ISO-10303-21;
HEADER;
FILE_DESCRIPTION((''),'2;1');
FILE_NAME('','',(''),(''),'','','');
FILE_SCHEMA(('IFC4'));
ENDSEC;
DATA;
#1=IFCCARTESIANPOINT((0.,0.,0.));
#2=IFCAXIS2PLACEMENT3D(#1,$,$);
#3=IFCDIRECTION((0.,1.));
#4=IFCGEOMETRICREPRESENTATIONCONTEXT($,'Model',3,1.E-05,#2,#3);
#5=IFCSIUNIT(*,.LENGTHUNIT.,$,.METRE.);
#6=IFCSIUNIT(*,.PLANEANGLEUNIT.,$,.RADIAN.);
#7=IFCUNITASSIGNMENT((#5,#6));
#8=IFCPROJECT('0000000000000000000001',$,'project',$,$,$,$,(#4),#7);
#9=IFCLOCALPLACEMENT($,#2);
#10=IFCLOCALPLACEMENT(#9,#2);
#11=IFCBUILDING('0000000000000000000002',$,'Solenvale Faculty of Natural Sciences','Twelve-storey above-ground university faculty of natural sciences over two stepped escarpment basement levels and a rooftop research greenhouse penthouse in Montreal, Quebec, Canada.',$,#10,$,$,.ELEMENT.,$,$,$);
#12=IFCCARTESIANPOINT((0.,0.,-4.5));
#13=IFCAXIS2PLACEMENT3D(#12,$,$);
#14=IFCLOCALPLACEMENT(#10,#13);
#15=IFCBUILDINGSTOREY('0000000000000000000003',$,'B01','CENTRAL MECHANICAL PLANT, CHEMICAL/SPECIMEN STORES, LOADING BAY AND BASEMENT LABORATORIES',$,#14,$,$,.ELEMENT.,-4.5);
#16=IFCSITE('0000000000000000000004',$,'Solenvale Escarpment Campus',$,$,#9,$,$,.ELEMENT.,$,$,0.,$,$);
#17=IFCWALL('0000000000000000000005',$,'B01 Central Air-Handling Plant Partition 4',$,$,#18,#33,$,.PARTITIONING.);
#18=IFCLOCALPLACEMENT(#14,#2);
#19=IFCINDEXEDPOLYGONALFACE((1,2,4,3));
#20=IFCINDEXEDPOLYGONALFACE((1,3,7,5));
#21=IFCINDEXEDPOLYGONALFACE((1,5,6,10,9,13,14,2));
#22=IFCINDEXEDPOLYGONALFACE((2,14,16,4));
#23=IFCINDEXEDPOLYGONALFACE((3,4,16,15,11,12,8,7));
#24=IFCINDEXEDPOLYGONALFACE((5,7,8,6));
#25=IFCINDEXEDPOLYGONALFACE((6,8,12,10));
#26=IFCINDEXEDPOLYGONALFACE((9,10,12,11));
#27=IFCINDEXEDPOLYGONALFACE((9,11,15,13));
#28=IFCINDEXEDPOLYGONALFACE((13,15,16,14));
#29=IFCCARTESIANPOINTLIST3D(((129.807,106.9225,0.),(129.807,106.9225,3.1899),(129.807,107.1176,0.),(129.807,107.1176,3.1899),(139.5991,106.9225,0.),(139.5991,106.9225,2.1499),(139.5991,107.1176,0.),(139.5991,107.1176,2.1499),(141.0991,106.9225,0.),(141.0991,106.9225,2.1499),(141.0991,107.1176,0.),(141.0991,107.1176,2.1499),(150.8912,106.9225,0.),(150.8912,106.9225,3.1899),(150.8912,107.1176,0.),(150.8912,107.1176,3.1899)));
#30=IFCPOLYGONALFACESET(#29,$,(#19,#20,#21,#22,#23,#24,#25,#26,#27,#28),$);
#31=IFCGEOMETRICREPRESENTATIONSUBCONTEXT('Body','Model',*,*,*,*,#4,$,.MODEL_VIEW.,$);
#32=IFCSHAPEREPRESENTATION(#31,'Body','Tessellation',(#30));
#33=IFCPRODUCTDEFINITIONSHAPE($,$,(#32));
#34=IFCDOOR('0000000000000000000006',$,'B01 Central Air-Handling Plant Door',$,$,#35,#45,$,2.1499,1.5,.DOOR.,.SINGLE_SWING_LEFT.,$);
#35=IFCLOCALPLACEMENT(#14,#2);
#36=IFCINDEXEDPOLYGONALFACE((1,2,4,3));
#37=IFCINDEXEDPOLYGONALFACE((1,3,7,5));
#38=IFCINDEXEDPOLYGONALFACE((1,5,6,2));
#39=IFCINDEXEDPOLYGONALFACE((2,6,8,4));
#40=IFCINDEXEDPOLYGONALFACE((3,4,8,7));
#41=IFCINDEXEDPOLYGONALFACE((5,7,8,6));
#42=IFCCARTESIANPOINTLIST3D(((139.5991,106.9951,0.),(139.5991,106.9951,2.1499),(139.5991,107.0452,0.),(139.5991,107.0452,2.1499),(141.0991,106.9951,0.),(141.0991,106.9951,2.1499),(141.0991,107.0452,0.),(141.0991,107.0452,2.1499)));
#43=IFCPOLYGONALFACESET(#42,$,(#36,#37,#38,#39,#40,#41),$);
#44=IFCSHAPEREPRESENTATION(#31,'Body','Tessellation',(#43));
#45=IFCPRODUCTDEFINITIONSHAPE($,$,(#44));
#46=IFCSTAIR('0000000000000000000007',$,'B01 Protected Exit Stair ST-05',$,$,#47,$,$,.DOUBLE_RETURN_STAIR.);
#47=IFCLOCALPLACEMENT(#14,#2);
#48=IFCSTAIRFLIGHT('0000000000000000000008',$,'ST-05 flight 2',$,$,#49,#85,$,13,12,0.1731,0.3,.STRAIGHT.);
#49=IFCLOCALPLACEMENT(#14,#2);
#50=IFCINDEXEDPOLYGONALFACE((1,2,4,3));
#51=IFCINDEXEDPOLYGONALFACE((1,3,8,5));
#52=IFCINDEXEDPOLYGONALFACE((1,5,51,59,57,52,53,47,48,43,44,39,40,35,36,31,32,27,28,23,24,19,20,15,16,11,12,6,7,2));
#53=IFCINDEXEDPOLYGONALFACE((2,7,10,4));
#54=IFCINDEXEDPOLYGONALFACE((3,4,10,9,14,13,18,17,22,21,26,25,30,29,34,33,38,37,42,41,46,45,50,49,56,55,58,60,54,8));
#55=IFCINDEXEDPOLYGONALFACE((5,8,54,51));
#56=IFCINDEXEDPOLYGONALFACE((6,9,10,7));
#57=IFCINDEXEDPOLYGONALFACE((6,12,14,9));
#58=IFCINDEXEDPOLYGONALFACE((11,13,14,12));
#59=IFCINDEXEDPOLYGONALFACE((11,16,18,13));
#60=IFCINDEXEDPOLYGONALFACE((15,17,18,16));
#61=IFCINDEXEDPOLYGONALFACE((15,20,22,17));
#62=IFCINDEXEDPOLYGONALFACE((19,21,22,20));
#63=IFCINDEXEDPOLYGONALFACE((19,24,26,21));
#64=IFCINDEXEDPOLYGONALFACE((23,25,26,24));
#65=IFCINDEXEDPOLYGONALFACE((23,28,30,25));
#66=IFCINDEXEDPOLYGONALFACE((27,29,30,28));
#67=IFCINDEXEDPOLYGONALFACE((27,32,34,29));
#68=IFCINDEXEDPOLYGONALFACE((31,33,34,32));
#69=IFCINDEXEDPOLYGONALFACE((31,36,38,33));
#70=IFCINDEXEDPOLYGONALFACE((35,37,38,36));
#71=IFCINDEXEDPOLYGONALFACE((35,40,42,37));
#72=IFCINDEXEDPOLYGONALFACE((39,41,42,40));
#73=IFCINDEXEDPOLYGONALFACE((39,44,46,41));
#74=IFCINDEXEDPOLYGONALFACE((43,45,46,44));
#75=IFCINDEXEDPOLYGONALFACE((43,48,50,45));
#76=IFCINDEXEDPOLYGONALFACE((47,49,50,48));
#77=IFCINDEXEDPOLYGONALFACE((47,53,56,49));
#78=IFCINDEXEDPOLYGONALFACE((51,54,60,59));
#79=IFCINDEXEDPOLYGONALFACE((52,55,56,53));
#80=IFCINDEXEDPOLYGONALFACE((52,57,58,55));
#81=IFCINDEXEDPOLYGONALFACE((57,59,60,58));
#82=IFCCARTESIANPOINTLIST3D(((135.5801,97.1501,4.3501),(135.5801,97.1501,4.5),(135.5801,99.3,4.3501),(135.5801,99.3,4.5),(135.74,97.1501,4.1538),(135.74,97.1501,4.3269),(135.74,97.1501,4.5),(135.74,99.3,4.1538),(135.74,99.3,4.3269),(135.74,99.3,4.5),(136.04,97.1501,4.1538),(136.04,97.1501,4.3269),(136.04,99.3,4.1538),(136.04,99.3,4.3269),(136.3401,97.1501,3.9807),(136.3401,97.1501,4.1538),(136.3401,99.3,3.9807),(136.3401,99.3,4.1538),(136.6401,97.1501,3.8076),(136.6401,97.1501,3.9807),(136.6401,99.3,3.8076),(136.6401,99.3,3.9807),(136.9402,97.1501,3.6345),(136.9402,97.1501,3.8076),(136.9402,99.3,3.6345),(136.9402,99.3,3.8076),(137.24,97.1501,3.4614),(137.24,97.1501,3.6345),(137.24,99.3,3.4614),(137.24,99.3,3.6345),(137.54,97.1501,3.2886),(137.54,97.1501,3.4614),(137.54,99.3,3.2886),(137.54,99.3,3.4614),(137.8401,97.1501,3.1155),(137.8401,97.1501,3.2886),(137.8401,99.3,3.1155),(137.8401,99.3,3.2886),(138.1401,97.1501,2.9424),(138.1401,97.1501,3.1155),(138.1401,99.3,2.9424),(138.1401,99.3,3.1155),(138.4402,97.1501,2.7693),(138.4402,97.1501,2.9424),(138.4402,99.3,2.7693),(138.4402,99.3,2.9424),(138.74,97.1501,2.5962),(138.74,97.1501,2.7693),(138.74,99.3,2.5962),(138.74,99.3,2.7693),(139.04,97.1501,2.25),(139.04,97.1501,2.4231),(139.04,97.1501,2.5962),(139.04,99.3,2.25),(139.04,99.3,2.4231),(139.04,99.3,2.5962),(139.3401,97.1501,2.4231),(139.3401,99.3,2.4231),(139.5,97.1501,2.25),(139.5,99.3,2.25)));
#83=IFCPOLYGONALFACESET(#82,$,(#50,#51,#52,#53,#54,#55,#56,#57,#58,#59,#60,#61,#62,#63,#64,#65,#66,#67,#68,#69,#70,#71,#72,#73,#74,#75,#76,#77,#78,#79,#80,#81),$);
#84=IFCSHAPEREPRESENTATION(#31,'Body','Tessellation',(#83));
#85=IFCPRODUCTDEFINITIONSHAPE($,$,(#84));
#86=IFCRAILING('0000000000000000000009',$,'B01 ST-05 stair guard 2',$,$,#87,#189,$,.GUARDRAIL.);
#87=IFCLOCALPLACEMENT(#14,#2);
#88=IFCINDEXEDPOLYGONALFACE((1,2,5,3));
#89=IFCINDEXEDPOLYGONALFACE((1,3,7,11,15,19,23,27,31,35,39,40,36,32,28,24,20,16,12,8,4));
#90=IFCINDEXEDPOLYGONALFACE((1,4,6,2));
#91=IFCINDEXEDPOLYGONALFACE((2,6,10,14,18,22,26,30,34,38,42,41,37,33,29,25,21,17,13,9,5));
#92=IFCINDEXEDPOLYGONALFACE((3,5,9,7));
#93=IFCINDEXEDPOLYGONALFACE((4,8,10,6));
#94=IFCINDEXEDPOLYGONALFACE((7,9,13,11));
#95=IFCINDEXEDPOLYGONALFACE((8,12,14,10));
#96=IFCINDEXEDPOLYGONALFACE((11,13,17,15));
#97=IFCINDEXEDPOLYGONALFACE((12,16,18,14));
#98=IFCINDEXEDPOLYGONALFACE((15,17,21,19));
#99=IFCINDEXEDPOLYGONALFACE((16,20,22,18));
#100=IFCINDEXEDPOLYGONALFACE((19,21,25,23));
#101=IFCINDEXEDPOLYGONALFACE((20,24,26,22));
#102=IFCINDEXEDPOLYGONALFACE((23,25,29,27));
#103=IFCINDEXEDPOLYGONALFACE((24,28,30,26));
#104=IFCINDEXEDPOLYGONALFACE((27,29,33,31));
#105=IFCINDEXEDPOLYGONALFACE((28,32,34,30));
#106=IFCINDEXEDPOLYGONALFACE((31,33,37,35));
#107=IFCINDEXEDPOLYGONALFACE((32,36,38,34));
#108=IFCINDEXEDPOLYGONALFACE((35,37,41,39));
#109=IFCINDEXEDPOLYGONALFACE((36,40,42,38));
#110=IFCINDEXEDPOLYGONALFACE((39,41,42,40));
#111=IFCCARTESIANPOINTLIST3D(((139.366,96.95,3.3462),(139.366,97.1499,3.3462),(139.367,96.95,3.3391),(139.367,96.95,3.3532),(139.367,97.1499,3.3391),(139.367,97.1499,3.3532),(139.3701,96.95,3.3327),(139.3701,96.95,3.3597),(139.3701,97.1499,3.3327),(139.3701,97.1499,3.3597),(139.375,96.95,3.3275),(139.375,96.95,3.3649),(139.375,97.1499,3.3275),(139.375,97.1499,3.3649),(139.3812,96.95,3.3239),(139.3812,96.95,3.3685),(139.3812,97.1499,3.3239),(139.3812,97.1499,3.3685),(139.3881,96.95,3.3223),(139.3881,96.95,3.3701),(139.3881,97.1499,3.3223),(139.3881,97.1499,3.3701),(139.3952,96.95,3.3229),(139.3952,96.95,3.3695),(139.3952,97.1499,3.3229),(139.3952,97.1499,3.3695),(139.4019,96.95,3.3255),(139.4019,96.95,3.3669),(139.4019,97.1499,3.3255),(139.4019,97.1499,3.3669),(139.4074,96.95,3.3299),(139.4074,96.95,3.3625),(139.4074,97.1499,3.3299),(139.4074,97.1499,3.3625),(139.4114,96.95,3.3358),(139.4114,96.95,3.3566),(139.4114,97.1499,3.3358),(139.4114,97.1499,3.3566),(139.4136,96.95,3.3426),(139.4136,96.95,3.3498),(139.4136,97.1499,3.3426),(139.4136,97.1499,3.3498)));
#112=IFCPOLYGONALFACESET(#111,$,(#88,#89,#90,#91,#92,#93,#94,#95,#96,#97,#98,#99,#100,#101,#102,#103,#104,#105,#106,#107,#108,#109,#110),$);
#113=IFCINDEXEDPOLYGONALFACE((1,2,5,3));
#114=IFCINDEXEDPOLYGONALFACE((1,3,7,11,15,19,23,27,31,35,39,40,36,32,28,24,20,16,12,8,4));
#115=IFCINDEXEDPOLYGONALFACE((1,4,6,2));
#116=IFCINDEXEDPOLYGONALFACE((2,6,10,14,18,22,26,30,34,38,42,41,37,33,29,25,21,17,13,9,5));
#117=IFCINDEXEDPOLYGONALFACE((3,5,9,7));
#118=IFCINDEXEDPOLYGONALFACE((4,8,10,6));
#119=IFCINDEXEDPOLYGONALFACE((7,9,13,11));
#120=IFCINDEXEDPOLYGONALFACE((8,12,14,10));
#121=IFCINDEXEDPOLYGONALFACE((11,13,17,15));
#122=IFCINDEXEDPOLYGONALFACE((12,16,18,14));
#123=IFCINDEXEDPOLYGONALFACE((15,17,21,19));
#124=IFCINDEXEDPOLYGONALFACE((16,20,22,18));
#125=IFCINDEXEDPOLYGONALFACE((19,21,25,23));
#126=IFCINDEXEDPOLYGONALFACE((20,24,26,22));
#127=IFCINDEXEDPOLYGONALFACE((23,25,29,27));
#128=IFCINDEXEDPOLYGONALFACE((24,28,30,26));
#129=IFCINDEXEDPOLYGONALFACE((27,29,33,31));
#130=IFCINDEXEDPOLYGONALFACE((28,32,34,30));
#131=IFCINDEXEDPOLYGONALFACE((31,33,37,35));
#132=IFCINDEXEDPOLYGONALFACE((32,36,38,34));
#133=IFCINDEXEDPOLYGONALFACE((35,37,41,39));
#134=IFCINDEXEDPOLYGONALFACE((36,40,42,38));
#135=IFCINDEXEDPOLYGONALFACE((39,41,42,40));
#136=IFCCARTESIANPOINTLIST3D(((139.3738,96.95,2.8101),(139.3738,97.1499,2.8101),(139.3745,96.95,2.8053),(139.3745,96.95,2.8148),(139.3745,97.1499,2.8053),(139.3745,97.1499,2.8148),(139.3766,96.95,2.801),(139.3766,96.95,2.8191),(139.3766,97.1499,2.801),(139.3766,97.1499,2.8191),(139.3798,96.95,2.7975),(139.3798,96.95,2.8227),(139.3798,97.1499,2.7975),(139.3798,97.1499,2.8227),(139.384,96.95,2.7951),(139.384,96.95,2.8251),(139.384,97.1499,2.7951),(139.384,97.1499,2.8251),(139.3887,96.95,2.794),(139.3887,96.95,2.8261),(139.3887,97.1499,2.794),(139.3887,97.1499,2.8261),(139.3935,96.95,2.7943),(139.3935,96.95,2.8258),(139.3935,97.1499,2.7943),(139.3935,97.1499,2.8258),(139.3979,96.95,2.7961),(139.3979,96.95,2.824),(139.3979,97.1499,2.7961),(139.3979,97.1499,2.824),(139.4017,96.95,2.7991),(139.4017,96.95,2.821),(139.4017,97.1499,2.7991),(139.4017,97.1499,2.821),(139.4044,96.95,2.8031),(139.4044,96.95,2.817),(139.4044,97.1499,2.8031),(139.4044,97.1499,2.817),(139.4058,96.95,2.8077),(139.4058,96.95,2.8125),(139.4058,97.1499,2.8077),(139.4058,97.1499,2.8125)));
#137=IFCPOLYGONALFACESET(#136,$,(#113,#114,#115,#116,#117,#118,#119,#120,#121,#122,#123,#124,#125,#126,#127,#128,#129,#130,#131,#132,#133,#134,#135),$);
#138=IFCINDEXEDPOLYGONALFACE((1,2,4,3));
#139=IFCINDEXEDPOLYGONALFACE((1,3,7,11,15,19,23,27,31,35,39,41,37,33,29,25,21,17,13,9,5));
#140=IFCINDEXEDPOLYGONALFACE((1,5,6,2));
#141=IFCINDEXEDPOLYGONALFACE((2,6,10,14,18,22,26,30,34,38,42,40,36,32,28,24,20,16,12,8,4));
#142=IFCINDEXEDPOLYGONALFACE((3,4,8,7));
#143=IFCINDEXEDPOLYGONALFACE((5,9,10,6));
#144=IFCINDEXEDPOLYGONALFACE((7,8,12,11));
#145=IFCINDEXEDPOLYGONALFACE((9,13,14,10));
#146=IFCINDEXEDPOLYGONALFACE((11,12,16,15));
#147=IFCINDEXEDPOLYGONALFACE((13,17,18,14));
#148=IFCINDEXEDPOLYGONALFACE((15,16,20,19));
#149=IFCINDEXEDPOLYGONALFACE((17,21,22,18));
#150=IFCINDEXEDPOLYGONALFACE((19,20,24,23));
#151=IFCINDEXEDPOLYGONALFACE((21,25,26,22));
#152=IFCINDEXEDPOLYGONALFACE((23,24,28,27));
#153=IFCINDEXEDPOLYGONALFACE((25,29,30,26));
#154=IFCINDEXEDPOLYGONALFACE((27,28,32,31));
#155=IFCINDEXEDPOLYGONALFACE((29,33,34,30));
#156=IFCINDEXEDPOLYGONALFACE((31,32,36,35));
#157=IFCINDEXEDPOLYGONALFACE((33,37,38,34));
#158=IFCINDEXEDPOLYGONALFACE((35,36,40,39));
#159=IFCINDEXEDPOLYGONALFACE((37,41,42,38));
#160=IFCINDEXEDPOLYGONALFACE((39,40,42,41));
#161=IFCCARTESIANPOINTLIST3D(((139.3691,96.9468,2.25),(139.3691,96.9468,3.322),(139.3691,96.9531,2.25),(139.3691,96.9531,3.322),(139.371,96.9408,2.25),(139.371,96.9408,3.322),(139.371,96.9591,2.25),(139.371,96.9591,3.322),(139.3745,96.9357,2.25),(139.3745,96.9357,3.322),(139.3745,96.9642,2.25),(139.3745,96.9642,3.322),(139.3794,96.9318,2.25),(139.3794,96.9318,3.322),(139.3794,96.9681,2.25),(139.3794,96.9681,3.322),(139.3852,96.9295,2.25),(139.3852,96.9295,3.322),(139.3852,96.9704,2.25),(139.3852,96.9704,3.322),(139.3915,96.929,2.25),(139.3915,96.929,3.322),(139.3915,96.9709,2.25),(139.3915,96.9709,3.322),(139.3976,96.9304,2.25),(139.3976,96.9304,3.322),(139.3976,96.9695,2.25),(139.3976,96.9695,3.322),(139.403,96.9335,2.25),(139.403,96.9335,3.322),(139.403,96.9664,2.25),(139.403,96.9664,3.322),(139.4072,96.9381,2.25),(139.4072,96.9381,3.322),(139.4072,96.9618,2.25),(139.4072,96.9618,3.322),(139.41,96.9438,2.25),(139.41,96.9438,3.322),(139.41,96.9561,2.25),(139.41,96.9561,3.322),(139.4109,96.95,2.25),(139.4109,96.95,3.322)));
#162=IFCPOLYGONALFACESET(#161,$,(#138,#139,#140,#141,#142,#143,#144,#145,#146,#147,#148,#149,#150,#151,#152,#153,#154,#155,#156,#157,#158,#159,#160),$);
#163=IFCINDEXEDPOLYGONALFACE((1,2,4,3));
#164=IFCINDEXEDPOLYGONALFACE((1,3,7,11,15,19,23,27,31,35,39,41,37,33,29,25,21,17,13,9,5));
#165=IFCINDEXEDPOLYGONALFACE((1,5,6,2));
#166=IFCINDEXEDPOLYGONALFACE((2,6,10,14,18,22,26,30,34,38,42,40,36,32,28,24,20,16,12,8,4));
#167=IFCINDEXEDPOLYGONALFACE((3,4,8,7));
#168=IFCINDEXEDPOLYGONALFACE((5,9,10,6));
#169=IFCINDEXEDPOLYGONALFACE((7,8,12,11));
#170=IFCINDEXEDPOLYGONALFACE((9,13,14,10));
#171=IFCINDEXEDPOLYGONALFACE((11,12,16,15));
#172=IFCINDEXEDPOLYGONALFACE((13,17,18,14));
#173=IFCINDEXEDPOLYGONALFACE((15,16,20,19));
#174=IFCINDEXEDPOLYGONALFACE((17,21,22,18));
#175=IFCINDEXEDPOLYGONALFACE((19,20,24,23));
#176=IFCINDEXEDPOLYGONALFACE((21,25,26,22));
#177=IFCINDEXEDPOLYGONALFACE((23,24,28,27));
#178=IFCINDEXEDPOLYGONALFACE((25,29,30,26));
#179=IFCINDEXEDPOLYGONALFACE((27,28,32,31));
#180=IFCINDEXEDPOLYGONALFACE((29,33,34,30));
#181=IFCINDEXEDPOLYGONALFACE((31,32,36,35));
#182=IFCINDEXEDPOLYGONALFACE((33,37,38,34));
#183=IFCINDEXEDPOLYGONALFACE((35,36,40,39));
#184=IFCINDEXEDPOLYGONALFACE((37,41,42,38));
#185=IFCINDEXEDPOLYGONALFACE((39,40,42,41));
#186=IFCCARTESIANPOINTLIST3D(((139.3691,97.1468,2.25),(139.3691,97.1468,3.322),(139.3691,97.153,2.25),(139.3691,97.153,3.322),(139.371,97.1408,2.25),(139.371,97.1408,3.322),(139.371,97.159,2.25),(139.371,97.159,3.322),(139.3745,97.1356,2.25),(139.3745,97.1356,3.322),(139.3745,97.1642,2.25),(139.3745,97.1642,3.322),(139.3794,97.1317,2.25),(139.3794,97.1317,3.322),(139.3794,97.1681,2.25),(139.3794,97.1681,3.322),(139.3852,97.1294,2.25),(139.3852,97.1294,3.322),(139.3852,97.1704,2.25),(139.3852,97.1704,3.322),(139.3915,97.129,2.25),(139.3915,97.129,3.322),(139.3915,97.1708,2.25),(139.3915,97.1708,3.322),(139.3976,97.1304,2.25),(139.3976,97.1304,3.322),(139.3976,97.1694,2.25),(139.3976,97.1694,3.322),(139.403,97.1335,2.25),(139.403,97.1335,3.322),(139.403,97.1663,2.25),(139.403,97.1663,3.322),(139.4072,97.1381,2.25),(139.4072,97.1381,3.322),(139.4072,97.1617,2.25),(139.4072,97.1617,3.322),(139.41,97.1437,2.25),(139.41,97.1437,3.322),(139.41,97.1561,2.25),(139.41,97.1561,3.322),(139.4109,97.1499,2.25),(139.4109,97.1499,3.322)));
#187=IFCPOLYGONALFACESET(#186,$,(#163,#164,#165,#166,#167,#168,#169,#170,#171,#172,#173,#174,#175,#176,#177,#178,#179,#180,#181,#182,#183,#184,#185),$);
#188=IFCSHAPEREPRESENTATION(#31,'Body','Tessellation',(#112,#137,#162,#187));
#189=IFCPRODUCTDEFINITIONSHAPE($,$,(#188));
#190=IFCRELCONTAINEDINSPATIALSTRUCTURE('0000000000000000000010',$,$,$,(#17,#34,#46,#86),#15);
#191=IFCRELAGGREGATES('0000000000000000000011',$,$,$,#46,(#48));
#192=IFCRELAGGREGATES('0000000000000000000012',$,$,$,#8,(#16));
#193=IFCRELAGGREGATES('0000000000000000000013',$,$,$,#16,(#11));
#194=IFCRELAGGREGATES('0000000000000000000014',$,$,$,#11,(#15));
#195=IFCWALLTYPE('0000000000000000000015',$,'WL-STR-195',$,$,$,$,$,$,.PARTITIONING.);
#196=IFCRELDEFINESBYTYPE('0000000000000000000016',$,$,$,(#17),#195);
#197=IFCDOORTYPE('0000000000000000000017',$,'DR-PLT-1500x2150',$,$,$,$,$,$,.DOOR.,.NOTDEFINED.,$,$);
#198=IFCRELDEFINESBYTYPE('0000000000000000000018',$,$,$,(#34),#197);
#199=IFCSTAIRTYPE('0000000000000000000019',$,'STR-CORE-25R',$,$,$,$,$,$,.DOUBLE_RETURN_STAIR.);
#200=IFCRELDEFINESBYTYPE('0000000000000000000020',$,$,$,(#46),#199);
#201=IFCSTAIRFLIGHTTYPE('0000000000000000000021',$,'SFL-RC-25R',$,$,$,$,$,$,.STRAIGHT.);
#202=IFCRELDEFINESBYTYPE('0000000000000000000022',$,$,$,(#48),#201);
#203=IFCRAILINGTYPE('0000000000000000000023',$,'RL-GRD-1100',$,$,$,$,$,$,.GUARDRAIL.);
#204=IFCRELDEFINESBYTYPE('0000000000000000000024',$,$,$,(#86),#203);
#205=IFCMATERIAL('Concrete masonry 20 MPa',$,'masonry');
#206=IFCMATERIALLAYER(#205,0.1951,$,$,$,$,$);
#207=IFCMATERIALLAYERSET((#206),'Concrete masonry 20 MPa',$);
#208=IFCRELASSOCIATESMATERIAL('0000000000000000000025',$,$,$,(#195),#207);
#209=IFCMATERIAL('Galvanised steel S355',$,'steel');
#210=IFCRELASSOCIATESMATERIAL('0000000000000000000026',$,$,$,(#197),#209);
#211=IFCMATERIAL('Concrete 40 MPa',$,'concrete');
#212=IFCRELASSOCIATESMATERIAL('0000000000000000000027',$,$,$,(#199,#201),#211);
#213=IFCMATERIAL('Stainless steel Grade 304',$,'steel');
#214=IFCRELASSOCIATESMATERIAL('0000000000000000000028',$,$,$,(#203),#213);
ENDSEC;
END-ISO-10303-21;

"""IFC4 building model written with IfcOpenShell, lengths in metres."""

from ifc_helpers import new_model, si_unit, direction, frame, frame_2d, origin, origin_2d, place, context, subcontext, project, spatial, polyline, rectangle, circle, outline, extrude, material, layer, layer_set, type_object, element, fill, aggregate, save


model = new_model("IFC4")

# Units and contexts
model_context = context("Model", 3, precision=1e-05, world=origin(), true_north=direction((0.0, 1.0)))
body_context = subcontext(model_context, "Body", "Model", "MODEL_VIEW")
ifc_project = project(units=[si_unit("LENGTHUNIT", "METRE"), si_unit("PLANEANGLEUNIT", "RADIAN")], contexts=[model_context])

# Site, building, storey
site_placement = place(None, origin())
site = spatial("IfcSite", under=ifc_project, at=site_placement, Name="Solenvale Escarpment Campus", CompositionType="ELEMENT", RefElevation=0.0)
building_placement = place(site_placement, origin())
building = spatial("IfcBuilding", under=site, at=building_placement, Name="Solenvale Faculty of Natural Sciences", Description="Twelve-storey above-ground university faculty of natural sciences over two stepped escarpment basement levels and a rooftop research greenhouse penthouse in Montreal, Quebec, Canada.", CompositionType="ELEMENT")
storey_placement = place(building_placement, frame((0.0, 0.0, -4.5)))
storey = spatial("IfcBuildingStorey", under=building, at=storey_placement, Name="B01", Description="CENTRAL MECHANICAL PLANT, CHEMICAL/SPECIMEN STORES, LOADING BAY AND BASEMENT LABORATORIES", CompositionType="ELEMENT", Elevation=-4.5)

# Shared definitions
ifc_material_1 = material(Name="Concrete 40 MPa", Category="concrete")

# Shared definitions
ifc_material_2 = material(Name="Stainless steel Grade 304", Category="steel")

# Wall, opening, door
ifc_material_3 = material(Name="Concrete masonry 20 MPa", Category="masonry")
ifc_layer_1 = layer(ifc_material_3, 0.1951)
ifc_layer_set_1 = layer_set([ifc_layer_1], Name="Concrete masonry 20 MPa")
wall_type_1 = type_object("IfcWallType", Name="WL-STR-195", PredefinedType="PARTITIONING", material=ifc_layer_set_1)
wall_1_placement = place(storey_placement, frame((150.8911, 107.02, 0.0), z_axis=(0.0, 0.0, 1.0), x_axis=(-1.0, 0.0, 0.0)))
wall_1 = element("IfcWall", 1, at=wall_1_placement, inside=storey, type_object=wall_type_1, Name="B01 Central Air-Handling Plant Partition 4", PredefinedType="PARTITIONING", context=body_context, shape_type="SweptSolid", body=[
    extrude(rectangle(XDim=21.0842, YDim=0.1951, at=frame_2d((10.542, 0.0))), origin(), (0.0, 0.0, 1.0), 3.1899),
])
opening_1_placement = place(wall_1_placement, frame((9.792, 0.0, 0.0)))
opening_1 = element("IfcOpeningElement", 2, at=opening_1_placement, cuts=wall_1, PredefinedType="OPENING", context=body_context, shape_type="SweptSolid", body=[
    extrude(rectangle(XDim=1.5, YDim=2.1499, at=frame_2d((0.75, 1.075))), frame((0.0, 0.1074, 0.0), z_axis=(0.0, -1.0, 0.0), x_axis=(1.0, 0.0, 0.0)), (0.0, 0.0, 1.0), 0.2151),
])
ifc_material_4 = material(Name="Galvanised steel S355", Category="steel")
door_type_1 = type_object("IfcDoorType", Name="DR-PLT-1500x2150", OperationType="NOTDEFINED", PredefinedType="DOOR", material=ifc_material_4)
door_1_placement = place(opening_1_placement, origin())
door_1 = element("IfcDoor", 3, at=door_1_placement, inside=storey, type_object=door_type_1, Name="B01 Central Air-Handling Plant Door", OperationType="SINGLE_SWING_LEFT", OverallHeight=2.1499, OverallWidth=1.5, PredefinedType="DOOR", context=body_context, shape_type="SweptSolid", body=[
    extrude(rectangle(XDim=1.5, YDim=2.1499, at=frame_2d((0.75, 1.075))), frame((0.0, 0.0249, 0.0), z_axis=(0.0, -1.0, 0.0), x_axis=(1.0, 0.0, 0.0)), (0.0, 0.0, 1.0), 0.05),
])
fill(opening_1, door_1)

# Stair, stair flight
stair_type = type_object("IfcStairType", Name="STR-CORE-25R", PredefinedType="DOUBLE_RETURN_STAIR", material=ifc_material_1)
stair_placement = place(storey_placement, origin())
stair = element("IfcStair", 4, at=stair_placement, inside=storey, type_object=stair_type, Name="B01 Protected Exit Stair ST-05", PredefinedType="DOUBLE_RETURN_STAIR")
stair_flight_type = type_object("IfcStairFlightType", Name="SFL-RC-25R", PredefinedType="STRAIGHT", material=ifc_material_1)
stair_flight_placement = place(storey_placement, frame((139.3401, 98.2251, 2.25), z_axis=(0.0, 0.0, 1.0), x_axis=(-1.0, 0.0, 0.0)))
stair_flight = element("IfcStairFlight", 5, at=stair_flight_placement, type_object=stair_flight_type, Name="ST-05 flight 2", NumberOfRisers=13, NumberOfTreads=12, PredefinedType="STRAIGHT", RiserHeight=0.1731, TreadLength=0.3, context=body_context, shape_type="SweptSolid", body=[
    extrude(outline(polyline([(-0.1599, 0.0), (0.0, 0.1731), (0.3, 0.1731), (0.3, 0.3462), (0.6001, 0.3462), (0.6001, 0.5193), (0.8999, 0.5193), (0.8999, 0.6924), (1.2, 0.6924), (1.2, 0.8655), (1.5, 0.8655), (1.5, 1.0386), (1.8, 1.0386), (1.8, 1.2114), (2.1001, 1.2114), (2.1001, 1.3845), (2.3999, 1.3845), (2.3999, 1.5576), (2.7, 1.5576), (2.7, 1.7307), (3.0, 1.7307), (3.0, 1.9038), (3.3, 1.9038), (3.3, 2.0769), (3.6001, 2.0769), (3.6001, 2.25), (3.76, 2.25), (3.76, 2.1001), (3.6001, 1.9038), (0.3, 0.0), (-0.1599, 0.0)])), frame((0.0, 1.075, 0.0), z_axis=(0.0, -1.0, 0.0), x_axis=(1.0, 0.0, 0.0)), (0.0, 0.0, 1.0), 2.1499),
])
aggregate(stair, [stair_flight])

# Railing
railing_type_1 = type_object("IfcRailingType", Name="RL-GRD-1100", PredefinedType="GUARDRAIL", material=ifc_material_2)
railing_1_placement = place(storey_placement, frame((139.3899, 96.95, 2.25)))
element("IfcRailing", 6, at=railing_1_placement, inside=storey, type_object=railing_type_1, Name="B01 ST-05 stair guard 2", PredefinedType="GUARDRAIL", context=body_context, shape_type="SweptSolid", body=[
    extrude(circle(Radius=0.0239, at=origin_2d()), frame((0.0, 0.0, 1.0962), z_axis=(0.0, 1.0, 0.0), x_axis=(-1.0, 0.0, 0.0)), (0.0, 0.0, 1.0), 0.2),
    extrude(circle(Radius=0.0161, at=origin_2d()), frame((0.0, 0.0, 0.5601), z_axis=(0.0, 1.0, 0.0), x_axis=(-1.0, 0.0, 0.0)), (0.0, 0.0, 1.0), 0.2),
    extrude(circle(Radius=0.021, at=origin_2d()), origin(), (0.0, 0.0, 1.0), 1.072),
    extrude(circle(Radius=0.021, at=origin_2d()), frame((0.0, 0.2, 0.0)), (0.0, 0.0, 1.0), 1.072),
])

save(model, "model.ifc")
